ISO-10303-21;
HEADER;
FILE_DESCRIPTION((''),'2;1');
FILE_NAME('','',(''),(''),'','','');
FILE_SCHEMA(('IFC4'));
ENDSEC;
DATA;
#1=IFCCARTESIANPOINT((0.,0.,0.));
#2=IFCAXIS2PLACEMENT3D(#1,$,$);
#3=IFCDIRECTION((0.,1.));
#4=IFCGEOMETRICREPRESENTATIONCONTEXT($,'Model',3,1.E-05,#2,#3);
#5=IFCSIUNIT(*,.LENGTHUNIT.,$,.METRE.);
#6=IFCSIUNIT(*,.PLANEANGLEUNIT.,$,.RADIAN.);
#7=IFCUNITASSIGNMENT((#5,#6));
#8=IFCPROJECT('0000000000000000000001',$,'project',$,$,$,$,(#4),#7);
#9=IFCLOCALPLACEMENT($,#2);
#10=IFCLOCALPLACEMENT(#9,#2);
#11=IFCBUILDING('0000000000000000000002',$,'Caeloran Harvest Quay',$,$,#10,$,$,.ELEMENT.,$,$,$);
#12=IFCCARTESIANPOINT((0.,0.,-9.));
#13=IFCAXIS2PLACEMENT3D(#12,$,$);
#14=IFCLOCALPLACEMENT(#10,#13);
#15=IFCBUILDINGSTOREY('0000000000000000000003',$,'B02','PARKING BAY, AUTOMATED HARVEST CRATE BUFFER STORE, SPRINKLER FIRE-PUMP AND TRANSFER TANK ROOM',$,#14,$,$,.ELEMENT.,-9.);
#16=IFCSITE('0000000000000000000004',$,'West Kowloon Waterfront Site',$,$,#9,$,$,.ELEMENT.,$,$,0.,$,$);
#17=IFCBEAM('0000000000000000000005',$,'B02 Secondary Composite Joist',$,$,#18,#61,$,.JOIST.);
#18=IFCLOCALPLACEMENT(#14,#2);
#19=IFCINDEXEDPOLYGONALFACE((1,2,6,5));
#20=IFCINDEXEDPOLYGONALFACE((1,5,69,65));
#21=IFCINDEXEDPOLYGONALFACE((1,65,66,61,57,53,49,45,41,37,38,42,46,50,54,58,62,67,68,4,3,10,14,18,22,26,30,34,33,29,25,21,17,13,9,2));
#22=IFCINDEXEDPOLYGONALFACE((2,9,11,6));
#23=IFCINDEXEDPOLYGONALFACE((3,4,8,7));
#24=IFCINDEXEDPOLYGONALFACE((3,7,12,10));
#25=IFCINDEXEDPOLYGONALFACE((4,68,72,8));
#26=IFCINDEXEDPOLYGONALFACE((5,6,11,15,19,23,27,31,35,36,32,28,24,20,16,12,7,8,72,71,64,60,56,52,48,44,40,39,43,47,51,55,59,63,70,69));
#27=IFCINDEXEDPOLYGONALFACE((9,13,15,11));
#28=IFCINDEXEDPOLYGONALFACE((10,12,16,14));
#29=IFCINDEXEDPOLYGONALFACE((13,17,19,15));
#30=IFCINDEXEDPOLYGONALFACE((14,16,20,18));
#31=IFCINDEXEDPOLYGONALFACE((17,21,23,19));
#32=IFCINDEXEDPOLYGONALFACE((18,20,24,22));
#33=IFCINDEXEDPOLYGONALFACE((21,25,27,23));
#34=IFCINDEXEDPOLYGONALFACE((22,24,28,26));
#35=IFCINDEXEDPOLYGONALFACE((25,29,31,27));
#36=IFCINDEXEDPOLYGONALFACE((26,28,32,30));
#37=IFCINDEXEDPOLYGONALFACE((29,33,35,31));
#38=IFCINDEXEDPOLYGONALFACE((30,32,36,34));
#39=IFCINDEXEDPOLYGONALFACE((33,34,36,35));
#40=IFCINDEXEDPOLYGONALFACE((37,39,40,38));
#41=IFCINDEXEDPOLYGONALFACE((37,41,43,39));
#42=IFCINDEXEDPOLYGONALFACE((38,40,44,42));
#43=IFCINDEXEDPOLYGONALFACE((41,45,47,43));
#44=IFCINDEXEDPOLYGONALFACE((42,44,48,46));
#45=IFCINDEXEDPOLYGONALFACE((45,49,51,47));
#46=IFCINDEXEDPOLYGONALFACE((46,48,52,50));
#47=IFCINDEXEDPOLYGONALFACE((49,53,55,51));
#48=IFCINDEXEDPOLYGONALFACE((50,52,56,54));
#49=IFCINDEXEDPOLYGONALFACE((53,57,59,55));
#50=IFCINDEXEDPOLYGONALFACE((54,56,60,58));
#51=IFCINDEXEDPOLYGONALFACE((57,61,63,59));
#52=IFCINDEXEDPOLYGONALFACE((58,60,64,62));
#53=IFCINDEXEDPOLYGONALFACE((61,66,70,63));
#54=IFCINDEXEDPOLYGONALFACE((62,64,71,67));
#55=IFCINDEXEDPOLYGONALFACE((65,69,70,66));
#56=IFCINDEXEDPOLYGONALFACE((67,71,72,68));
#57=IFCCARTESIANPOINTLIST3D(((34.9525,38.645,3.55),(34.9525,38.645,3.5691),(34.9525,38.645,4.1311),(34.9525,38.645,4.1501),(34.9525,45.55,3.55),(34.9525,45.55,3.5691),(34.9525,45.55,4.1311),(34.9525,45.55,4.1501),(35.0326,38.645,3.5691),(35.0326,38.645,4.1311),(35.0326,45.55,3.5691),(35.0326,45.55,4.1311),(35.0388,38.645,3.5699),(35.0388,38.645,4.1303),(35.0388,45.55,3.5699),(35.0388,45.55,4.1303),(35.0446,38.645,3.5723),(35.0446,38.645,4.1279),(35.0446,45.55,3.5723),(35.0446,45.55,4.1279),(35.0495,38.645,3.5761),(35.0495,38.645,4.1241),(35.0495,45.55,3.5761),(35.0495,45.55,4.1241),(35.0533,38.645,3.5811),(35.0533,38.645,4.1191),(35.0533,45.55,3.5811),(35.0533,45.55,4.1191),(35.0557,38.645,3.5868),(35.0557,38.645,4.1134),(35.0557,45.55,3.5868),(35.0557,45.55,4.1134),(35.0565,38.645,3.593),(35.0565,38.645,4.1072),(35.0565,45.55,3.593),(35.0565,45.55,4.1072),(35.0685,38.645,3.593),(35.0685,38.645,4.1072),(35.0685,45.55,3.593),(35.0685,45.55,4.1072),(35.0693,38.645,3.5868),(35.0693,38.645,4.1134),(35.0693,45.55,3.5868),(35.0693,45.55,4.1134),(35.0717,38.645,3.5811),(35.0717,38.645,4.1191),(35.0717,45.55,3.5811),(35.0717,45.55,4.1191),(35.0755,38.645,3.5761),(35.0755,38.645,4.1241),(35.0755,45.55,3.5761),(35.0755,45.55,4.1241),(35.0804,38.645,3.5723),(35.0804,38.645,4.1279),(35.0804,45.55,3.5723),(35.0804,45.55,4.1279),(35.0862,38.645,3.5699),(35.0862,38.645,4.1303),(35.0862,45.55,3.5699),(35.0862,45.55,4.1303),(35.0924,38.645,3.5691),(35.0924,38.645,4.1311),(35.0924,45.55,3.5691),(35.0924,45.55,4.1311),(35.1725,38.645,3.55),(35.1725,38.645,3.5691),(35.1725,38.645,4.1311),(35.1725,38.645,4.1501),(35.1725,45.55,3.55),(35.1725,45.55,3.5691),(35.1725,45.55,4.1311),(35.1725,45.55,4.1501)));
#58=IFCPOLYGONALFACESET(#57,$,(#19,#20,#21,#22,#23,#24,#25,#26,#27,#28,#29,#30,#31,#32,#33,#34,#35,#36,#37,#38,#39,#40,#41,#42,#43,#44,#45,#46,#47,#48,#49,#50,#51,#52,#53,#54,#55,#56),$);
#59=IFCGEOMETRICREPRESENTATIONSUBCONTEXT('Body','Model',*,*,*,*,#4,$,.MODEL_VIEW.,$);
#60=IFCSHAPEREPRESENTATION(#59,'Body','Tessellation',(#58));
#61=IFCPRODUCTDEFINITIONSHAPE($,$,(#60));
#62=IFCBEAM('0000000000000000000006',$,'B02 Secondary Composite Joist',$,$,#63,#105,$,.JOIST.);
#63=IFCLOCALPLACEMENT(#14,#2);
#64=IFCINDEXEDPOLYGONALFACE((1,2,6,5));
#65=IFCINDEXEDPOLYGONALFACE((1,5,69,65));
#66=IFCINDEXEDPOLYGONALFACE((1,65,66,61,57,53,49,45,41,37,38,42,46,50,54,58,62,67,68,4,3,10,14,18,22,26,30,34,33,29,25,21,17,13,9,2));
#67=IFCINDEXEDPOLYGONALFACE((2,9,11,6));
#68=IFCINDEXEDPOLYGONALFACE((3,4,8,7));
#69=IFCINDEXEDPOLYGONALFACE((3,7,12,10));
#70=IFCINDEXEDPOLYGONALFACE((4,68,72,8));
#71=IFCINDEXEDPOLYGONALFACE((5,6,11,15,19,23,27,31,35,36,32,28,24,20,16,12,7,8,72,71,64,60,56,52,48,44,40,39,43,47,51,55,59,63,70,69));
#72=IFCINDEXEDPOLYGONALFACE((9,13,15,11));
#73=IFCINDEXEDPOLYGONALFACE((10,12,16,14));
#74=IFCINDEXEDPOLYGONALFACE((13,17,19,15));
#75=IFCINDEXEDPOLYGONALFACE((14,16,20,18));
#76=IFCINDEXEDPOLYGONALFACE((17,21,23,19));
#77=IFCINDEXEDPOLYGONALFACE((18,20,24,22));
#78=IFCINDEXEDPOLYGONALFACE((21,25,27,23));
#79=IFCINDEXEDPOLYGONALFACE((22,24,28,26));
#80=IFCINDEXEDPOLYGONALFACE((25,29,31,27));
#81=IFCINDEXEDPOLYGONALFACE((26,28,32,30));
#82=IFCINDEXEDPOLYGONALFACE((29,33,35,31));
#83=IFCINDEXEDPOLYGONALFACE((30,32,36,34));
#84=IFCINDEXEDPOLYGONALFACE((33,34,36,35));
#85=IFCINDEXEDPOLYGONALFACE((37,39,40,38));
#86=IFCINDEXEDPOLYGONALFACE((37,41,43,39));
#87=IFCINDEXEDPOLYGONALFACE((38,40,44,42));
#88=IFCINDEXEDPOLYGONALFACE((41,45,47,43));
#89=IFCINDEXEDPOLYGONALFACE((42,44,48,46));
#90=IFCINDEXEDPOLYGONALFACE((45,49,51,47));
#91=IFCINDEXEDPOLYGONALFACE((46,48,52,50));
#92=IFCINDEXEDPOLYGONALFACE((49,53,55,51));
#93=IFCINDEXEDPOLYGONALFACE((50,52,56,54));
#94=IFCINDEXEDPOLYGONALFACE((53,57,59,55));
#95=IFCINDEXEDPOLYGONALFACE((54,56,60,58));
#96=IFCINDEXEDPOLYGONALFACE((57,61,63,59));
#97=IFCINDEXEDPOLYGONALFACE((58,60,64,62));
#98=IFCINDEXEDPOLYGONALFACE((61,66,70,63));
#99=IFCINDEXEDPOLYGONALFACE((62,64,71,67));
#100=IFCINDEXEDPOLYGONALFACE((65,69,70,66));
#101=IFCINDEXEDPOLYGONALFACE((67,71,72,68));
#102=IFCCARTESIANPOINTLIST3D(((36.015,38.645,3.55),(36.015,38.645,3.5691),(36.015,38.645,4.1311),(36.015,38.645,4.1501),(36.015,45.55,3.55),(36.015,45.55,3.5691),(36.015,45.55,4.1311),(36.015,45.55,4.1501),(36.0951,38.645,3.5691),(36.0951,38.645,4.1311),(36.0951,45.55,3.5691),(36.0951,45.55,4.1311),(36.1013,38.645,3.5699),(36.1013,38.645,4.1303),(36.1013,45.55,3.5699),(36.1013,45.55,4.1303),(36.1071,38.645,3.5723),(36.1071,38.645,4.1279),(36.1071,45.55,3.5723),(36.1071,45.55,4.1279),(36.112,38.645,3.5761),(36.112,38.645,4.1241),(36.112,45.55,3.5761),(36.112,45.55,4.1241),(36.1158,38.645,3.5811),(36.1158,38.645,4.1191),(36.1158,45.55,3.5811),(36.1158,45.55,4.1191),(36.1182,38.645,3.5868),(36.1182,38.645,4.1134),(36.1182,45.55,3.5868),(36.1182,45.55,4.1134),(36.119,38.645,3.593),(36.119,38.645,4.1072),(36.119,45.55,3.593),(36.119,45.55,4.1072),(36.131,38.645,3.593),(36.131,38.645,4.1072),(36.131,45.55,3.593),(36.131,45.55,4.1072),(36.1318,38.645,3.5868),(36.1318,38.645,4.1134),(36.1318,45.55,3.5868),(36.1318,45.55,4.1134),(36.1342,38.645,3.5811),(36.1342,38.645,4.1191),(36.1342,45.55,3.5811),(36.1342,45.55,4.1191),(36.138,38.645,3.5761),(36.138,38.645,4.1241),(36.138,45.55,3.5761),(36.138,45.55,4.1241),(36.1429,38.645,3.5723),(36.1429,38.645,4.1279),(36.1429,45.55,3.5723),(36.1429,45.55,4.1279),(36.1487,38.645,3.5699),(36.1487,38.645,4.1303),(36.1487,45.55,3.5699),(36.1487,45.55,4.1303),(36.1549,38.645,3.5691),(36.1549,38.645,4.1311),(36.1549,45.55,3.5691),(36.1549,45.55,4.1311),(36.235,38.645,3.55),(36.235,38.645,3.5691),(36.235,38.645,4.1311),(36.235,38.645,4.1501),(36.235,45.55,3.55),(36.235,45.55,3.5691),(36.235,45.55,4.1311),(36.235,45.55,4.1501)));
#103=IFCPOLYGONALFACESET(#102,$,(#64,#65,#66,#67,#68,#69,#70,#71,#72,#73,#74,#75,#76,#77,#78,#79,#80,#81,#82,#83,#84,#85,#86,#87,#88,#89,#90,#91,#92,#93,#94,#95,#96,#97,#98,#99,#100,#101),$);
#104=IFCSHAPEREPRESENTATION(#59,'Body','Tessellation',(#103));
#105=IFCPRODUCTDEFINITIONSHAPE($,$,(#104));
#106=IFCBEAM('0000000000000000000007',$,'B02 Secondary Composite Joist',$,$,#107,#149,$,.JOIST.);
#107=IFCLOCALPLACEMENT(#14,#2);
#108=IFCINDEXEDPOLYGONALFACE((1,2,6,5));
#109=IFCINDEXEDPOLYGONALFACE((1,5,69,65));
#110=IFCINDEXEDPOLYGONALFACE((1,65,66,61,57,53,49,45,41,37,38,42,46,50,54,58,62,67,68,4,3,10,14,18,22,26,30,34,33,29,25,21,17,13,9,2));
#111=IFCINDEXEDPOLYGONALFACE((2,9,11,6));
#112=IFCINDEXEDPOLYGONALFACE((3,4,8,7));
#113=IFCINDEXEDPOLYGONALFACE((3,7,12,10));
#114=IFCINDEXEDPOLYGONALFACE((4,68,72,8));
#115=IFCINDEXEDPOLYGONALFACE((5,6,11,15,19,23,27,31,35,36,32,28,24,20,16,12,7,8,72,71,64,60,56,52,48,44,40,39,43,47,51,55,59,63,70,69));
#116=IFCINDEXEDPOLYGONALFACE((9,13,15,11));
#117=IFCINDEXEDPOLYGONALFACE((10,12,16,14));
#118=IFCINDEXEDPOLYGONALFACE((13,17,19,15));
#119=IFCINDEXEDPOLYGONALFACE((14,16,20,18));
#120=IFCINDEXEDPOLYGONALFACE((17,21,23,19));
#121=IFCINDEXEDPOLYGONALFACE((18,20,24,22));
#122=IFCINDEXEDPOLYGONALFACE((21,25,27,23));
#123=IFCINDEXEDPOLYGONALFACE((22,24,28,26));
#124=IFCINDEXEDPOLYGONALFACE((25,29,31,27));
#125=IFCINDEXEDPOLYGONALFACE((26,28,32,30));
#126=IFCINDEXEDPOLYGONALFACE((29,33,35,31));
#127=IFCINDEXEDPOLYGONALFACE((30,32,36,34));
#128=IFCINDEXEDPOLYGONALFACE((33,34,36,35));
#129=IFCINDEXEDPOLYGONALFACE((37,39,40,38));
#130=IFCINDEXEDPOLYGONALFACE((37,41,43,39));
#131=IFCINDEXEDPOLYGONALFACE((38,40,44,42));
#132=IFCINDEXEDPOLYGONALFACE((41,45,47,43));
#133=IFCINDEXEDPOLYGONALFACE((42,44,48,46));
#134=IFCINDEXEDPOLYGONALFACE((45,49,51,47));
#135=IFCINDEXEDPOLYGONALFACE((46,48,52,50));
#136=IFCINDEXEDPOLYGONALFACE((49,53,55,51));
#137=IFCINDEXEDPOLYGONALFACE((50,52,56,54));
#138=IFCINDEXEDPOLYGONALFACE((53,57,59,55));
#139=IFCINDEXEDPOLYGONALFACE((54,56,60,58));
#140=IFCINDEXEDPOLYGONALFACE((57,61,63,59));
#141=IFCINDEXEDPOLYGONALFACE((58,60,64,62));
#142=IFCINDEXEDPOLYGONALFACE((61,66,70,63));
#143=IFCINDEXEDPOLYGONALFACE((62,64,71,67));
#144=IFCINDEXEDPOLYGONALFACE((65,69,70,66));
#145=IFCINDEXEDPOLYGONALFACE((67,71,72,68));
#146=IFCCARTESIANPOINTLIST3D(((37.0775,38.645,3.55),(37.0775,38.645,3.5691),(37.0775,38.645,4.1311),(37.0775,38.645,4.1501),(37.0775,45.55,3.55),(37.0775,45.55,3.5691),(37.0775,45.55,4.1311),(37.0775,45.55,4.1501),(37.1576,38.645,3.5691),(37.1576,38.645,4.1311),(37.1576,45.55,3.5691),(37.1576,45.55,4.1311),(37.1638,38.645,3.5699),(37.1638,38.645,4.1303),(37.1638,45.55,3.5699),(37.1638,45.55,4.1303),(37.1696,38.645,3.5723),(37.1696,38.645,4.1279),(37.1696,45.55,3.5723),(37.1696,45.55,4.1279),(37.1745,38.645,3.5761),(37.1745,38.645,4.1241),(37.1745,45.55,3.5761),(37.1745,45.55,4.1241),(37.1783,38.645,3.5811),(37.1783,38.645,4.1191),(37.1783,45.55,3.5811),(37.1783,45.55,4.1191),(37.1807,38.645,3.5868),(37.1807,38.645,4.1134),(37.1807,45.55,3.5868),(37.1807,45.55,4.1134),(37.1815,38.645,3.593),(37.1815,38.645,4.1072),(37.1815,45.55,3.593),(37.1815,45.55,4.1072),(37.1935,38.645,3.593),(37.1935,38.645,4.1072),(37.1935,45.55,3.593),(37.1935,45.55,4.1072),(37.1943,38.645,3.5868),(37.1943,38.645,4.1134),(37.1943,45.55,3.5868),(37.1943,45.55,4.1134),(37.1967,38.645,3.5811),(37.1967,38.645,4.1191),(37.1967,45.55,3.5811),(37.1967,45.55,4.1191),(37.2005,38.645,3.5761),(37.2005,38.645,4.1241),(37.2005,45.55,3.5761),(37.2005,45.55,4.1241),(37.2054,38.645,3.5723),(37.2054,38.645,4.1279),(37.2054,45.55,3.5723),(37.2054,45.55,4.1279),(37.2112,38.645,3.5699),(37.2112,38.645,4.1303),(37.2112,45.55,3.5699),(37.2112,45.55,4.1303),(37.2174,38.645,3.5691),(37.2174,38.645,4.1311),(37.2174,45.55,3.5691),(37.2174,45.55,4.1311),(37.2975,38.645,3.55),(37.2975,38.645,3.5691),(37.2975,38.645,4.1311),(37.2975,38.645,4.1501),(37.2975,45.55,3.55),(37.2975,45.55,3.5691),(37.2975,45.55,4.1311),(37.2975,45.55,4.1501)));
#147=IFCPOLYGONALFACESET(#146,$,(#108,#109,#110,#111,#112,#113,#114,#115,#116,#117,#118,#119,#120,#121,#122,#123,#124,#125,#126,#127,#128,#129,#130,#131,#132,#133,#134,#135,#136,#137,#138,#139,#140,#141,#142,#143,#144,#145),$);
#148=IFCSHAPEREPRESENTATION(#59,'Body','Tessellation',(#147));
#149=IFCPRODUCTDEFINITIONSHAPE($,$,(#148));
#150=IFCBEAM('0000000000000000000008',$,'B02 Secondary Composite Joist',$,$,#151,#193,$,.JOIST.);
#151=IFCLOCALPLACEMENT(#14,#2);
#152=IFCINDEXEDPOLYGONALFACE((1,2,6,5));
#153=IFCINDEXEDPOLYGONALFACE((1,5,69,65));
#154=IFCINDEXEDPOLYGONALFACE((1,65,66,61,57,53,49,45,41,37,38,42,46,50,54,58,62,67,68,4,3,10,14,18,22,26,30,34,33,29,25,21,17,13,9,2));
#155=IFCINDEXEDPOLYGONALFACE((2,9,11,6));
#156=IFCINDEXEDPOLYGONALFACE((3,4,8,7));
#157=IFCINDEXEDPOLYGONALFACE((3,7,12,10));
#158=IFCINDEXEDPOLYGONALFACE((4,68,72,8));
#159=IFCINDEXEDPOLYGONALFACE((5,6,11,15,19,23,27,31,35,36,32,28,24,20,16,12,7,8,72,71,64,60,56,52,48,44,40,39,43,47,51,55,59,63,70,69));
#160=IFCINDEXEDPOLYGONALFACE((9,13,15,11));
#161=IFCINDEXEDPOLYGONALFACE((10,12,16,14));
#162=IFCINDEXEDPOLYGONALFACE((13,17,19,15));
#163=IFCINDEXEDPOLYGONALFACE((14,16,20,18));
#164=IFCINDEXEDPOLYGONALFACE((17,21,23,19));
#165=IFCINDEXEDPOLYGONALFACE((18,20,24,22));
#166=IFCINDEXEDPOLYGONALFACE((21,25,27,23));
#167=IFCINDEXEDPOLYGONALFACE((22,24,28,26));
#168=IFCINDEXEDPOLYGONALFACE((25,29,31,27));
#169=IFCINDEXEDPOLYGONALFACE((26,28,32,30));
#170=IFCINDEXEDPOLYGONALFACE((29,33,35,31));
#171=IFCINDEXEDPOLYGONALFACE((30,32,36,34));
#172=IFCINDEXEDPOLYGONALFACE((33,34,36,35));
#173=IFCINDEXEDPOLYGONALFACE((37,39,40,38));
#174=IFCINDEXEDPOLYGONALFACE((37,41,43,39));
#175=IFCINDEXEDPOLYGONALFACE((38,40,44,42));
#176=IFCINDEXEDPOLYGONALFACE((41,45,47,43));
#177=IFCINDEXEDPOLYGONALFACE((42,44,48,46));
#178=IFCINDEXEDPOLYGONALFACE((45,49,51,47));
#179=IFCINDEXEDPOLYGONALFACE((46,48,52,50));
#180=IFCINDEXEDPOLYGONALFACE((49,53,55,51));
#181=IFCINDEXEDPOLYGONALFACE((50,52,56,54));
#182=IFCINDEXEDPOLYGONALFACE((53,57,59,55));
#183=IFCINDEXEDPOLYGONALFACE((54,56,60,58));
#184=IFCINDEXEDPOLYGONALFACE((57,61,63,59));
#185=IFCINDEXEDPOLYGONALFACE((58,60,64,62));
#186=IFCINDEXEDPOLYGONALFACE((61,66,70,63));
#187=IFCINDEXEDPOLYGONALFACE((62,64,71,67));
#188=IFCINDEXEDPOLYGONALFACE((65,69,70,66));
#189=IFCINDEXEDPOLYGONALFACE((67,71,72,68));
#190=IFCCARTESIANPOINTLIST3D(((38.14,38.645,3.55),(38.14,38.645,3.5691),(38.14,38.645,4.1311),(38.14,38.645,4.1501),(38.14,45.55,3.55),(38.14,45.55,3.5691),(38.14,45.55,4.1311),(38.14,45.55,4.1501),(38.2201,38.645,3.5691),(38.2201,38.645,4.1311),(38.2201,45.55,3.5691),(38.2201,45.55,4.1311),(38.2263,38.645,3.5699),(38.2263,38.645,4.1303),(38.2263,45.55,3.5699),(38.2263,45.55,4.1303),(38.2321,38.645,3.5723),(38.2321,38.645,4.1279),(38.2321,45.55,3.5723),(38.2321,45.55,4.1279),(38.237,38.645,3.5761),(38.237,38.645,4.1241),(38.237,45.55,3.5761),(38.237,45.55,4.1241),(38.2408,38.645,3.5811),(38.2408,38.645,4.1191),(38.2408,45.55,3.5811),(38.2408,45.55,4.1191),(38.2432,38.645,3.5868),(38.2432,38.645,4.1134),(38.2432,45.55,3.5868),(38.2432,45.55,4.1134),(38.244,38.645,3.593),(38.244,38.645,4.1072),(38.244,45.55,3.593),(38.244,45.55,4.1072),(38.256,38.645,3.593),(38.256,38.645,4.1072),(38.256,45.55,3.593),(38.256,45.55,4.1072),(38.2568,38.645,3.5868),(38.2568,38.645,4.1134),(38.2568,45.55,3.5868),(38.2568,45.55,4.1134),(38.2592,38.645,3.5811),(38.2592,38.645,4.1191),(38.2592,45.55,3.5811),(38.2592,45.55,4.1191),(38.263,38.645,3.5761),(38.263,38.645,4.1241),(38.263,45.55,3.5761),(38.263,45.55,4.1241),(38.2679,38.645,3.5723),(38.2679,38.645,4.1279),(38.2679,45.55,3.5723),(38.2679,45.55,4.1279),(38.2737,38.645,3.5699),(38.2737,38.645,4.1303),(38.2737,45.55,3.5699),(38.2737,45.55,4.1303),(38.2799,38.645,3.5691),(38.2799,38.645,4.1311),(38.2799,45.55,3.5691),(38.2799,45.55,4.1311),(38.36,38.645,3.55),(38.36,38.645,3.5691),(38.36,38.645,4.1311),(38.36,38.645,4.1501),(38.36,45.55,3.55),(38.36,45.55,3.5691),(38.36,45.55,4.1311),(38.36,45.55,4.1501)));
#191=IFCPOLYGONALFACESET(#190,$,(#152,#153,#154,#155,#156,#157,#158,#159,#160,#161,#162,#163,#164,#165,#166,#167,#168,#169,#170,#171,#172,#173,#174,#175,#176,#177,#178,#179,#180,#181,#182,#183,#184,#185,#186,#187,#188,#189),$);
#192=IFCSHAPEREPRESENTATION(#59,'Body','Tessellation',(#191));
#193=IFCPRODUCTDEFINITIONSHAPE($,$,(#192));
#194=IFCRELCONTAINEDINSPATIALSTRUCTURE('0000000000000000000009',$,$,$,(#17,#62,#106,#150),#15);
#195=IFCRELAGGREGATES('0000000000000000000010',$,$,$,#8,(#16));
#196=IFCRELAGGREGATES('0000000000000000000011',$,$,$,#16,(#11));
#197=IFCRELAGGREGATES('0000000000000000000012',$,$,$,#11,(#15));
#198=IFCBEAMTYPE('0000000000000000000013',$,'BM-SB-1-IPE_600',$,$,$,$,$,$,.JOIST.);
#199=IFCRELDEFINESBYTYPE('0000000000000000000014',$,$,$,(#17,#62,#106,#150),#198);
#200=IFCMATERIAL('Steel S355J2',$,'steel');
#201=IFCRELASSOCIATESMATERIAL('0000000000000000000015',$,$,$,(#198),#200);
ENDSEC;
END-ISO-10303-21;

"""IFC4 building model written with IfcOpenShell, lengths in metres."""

from ifc_helpers import new_model, si_unit, direction, frame, origin, origin_2d, place, context, subcontext, project, spatial, i_section, extrude, material, material_profile, profile_set, type_object, element, save


model = new_model("IFC4")

# Units and contexts
model_context = context("Model", 3, precision=1e-05, world=origin(), true_north=direction((0.0, 1.0)))
body_context = subcontext(model_context, "Body", "Model", "MODEL_VIEW")
ifc_project = project(units=[si_unit("LENGTHUNIT", "METRE"), si_unit("PLANEANGLEUNIT", "RADIAN")], contexts=[model_context])

# Site, building, storey
site_placement = place(None, origin())
site = spatial("IfcSite", under=ifc_project, at=site_placement, Name="West Kowloon Waterfront Site", CompositionType="ELEMENT", RefElevation=0.0)
building_placement = place(site_placement, origin())
building = spatial("IfcBuilding", under=site, at=building_placement, Name="Caeloran Harvest Quay", CompositionType="ELEMENT")
storey_placement = place(building_placement, frame((0.0, 0.0, -9.0)))
storey = spatial("IfcBuildingStorey", under=building, at=storey_placement, Name="B02", Description="PARKING BAY, AUTOMATED HARVEST CRATE BUFFER STORE, SPRINKLER FIRE-PUMP AND TRANSFER TANK ROOM", CompositionType="ELEMENT", Elevation=-9.0)

# Beams
ifc_material = material(Name="Steel S355J2", Category="steel")
ifc_material_profile_1 = material_profile(ifc_material, i_section(OverallWidth=0.22, OverallDepth=0.6001, WebThickness=0.012, FlangeThickness=0.019, FilletRadius=0.0239, at=origin_2d()), Name="IPE 600")
ifc_profile_set_1 = profile_set([ifc_material_profile_1], Name="Steel S355J2")
beam_type_1 = type_object("IfcBeamType", Name="BM-SB-1-IPE_600", PredefinedType="JOIST", material=ifc_profile_set_1)
for number, where, z_axis, x_axis, name in (
    (1, (35.0625, 38.645, 3.8501), (0.0, 1.0, 0.0), (-1.0, 0.0, 0.0), "B02 Secondary Composite Joist"),
    (2, (36.125, 38.645, 3.8501), (0.0, 1.0, 0.0), (-1.0, 0.0, 0.0), "B02 Secondary Composite Joist"),
    (3, (37.1875, 38.645, 3.8501), (0.0, 1.0, 0.0), (-1.0, 0.0, 0.0), "B02 Secondary Composite Joist"),
    (4, (38.25, 38.645, 3.8501), (0.0, 1.0, 0.0), (-1.0, 0.0, 0.0), "B02 Secondary Composite Joist"),
):
    element("IfcBeam", number, at=place(storey_placement, frame(where, z_axis=z_axis, x_axis=x_axis)), inside=storey, type_object=beam_type_1, Name=name, PredefinedType="JOIST", context=body_context, shape_type="SweptSolid", body=[
        extrude(i_section(OverallWidth=0.22, OverallDepth=0.6001, WebThickness=0.012, FlangeThickness=0.019, FilletRadius=0.0239, at=origin_2d()), origin(), (0.0, 0.0, 1.0), 6.905),
    ])

save(model, "model.ifc")
